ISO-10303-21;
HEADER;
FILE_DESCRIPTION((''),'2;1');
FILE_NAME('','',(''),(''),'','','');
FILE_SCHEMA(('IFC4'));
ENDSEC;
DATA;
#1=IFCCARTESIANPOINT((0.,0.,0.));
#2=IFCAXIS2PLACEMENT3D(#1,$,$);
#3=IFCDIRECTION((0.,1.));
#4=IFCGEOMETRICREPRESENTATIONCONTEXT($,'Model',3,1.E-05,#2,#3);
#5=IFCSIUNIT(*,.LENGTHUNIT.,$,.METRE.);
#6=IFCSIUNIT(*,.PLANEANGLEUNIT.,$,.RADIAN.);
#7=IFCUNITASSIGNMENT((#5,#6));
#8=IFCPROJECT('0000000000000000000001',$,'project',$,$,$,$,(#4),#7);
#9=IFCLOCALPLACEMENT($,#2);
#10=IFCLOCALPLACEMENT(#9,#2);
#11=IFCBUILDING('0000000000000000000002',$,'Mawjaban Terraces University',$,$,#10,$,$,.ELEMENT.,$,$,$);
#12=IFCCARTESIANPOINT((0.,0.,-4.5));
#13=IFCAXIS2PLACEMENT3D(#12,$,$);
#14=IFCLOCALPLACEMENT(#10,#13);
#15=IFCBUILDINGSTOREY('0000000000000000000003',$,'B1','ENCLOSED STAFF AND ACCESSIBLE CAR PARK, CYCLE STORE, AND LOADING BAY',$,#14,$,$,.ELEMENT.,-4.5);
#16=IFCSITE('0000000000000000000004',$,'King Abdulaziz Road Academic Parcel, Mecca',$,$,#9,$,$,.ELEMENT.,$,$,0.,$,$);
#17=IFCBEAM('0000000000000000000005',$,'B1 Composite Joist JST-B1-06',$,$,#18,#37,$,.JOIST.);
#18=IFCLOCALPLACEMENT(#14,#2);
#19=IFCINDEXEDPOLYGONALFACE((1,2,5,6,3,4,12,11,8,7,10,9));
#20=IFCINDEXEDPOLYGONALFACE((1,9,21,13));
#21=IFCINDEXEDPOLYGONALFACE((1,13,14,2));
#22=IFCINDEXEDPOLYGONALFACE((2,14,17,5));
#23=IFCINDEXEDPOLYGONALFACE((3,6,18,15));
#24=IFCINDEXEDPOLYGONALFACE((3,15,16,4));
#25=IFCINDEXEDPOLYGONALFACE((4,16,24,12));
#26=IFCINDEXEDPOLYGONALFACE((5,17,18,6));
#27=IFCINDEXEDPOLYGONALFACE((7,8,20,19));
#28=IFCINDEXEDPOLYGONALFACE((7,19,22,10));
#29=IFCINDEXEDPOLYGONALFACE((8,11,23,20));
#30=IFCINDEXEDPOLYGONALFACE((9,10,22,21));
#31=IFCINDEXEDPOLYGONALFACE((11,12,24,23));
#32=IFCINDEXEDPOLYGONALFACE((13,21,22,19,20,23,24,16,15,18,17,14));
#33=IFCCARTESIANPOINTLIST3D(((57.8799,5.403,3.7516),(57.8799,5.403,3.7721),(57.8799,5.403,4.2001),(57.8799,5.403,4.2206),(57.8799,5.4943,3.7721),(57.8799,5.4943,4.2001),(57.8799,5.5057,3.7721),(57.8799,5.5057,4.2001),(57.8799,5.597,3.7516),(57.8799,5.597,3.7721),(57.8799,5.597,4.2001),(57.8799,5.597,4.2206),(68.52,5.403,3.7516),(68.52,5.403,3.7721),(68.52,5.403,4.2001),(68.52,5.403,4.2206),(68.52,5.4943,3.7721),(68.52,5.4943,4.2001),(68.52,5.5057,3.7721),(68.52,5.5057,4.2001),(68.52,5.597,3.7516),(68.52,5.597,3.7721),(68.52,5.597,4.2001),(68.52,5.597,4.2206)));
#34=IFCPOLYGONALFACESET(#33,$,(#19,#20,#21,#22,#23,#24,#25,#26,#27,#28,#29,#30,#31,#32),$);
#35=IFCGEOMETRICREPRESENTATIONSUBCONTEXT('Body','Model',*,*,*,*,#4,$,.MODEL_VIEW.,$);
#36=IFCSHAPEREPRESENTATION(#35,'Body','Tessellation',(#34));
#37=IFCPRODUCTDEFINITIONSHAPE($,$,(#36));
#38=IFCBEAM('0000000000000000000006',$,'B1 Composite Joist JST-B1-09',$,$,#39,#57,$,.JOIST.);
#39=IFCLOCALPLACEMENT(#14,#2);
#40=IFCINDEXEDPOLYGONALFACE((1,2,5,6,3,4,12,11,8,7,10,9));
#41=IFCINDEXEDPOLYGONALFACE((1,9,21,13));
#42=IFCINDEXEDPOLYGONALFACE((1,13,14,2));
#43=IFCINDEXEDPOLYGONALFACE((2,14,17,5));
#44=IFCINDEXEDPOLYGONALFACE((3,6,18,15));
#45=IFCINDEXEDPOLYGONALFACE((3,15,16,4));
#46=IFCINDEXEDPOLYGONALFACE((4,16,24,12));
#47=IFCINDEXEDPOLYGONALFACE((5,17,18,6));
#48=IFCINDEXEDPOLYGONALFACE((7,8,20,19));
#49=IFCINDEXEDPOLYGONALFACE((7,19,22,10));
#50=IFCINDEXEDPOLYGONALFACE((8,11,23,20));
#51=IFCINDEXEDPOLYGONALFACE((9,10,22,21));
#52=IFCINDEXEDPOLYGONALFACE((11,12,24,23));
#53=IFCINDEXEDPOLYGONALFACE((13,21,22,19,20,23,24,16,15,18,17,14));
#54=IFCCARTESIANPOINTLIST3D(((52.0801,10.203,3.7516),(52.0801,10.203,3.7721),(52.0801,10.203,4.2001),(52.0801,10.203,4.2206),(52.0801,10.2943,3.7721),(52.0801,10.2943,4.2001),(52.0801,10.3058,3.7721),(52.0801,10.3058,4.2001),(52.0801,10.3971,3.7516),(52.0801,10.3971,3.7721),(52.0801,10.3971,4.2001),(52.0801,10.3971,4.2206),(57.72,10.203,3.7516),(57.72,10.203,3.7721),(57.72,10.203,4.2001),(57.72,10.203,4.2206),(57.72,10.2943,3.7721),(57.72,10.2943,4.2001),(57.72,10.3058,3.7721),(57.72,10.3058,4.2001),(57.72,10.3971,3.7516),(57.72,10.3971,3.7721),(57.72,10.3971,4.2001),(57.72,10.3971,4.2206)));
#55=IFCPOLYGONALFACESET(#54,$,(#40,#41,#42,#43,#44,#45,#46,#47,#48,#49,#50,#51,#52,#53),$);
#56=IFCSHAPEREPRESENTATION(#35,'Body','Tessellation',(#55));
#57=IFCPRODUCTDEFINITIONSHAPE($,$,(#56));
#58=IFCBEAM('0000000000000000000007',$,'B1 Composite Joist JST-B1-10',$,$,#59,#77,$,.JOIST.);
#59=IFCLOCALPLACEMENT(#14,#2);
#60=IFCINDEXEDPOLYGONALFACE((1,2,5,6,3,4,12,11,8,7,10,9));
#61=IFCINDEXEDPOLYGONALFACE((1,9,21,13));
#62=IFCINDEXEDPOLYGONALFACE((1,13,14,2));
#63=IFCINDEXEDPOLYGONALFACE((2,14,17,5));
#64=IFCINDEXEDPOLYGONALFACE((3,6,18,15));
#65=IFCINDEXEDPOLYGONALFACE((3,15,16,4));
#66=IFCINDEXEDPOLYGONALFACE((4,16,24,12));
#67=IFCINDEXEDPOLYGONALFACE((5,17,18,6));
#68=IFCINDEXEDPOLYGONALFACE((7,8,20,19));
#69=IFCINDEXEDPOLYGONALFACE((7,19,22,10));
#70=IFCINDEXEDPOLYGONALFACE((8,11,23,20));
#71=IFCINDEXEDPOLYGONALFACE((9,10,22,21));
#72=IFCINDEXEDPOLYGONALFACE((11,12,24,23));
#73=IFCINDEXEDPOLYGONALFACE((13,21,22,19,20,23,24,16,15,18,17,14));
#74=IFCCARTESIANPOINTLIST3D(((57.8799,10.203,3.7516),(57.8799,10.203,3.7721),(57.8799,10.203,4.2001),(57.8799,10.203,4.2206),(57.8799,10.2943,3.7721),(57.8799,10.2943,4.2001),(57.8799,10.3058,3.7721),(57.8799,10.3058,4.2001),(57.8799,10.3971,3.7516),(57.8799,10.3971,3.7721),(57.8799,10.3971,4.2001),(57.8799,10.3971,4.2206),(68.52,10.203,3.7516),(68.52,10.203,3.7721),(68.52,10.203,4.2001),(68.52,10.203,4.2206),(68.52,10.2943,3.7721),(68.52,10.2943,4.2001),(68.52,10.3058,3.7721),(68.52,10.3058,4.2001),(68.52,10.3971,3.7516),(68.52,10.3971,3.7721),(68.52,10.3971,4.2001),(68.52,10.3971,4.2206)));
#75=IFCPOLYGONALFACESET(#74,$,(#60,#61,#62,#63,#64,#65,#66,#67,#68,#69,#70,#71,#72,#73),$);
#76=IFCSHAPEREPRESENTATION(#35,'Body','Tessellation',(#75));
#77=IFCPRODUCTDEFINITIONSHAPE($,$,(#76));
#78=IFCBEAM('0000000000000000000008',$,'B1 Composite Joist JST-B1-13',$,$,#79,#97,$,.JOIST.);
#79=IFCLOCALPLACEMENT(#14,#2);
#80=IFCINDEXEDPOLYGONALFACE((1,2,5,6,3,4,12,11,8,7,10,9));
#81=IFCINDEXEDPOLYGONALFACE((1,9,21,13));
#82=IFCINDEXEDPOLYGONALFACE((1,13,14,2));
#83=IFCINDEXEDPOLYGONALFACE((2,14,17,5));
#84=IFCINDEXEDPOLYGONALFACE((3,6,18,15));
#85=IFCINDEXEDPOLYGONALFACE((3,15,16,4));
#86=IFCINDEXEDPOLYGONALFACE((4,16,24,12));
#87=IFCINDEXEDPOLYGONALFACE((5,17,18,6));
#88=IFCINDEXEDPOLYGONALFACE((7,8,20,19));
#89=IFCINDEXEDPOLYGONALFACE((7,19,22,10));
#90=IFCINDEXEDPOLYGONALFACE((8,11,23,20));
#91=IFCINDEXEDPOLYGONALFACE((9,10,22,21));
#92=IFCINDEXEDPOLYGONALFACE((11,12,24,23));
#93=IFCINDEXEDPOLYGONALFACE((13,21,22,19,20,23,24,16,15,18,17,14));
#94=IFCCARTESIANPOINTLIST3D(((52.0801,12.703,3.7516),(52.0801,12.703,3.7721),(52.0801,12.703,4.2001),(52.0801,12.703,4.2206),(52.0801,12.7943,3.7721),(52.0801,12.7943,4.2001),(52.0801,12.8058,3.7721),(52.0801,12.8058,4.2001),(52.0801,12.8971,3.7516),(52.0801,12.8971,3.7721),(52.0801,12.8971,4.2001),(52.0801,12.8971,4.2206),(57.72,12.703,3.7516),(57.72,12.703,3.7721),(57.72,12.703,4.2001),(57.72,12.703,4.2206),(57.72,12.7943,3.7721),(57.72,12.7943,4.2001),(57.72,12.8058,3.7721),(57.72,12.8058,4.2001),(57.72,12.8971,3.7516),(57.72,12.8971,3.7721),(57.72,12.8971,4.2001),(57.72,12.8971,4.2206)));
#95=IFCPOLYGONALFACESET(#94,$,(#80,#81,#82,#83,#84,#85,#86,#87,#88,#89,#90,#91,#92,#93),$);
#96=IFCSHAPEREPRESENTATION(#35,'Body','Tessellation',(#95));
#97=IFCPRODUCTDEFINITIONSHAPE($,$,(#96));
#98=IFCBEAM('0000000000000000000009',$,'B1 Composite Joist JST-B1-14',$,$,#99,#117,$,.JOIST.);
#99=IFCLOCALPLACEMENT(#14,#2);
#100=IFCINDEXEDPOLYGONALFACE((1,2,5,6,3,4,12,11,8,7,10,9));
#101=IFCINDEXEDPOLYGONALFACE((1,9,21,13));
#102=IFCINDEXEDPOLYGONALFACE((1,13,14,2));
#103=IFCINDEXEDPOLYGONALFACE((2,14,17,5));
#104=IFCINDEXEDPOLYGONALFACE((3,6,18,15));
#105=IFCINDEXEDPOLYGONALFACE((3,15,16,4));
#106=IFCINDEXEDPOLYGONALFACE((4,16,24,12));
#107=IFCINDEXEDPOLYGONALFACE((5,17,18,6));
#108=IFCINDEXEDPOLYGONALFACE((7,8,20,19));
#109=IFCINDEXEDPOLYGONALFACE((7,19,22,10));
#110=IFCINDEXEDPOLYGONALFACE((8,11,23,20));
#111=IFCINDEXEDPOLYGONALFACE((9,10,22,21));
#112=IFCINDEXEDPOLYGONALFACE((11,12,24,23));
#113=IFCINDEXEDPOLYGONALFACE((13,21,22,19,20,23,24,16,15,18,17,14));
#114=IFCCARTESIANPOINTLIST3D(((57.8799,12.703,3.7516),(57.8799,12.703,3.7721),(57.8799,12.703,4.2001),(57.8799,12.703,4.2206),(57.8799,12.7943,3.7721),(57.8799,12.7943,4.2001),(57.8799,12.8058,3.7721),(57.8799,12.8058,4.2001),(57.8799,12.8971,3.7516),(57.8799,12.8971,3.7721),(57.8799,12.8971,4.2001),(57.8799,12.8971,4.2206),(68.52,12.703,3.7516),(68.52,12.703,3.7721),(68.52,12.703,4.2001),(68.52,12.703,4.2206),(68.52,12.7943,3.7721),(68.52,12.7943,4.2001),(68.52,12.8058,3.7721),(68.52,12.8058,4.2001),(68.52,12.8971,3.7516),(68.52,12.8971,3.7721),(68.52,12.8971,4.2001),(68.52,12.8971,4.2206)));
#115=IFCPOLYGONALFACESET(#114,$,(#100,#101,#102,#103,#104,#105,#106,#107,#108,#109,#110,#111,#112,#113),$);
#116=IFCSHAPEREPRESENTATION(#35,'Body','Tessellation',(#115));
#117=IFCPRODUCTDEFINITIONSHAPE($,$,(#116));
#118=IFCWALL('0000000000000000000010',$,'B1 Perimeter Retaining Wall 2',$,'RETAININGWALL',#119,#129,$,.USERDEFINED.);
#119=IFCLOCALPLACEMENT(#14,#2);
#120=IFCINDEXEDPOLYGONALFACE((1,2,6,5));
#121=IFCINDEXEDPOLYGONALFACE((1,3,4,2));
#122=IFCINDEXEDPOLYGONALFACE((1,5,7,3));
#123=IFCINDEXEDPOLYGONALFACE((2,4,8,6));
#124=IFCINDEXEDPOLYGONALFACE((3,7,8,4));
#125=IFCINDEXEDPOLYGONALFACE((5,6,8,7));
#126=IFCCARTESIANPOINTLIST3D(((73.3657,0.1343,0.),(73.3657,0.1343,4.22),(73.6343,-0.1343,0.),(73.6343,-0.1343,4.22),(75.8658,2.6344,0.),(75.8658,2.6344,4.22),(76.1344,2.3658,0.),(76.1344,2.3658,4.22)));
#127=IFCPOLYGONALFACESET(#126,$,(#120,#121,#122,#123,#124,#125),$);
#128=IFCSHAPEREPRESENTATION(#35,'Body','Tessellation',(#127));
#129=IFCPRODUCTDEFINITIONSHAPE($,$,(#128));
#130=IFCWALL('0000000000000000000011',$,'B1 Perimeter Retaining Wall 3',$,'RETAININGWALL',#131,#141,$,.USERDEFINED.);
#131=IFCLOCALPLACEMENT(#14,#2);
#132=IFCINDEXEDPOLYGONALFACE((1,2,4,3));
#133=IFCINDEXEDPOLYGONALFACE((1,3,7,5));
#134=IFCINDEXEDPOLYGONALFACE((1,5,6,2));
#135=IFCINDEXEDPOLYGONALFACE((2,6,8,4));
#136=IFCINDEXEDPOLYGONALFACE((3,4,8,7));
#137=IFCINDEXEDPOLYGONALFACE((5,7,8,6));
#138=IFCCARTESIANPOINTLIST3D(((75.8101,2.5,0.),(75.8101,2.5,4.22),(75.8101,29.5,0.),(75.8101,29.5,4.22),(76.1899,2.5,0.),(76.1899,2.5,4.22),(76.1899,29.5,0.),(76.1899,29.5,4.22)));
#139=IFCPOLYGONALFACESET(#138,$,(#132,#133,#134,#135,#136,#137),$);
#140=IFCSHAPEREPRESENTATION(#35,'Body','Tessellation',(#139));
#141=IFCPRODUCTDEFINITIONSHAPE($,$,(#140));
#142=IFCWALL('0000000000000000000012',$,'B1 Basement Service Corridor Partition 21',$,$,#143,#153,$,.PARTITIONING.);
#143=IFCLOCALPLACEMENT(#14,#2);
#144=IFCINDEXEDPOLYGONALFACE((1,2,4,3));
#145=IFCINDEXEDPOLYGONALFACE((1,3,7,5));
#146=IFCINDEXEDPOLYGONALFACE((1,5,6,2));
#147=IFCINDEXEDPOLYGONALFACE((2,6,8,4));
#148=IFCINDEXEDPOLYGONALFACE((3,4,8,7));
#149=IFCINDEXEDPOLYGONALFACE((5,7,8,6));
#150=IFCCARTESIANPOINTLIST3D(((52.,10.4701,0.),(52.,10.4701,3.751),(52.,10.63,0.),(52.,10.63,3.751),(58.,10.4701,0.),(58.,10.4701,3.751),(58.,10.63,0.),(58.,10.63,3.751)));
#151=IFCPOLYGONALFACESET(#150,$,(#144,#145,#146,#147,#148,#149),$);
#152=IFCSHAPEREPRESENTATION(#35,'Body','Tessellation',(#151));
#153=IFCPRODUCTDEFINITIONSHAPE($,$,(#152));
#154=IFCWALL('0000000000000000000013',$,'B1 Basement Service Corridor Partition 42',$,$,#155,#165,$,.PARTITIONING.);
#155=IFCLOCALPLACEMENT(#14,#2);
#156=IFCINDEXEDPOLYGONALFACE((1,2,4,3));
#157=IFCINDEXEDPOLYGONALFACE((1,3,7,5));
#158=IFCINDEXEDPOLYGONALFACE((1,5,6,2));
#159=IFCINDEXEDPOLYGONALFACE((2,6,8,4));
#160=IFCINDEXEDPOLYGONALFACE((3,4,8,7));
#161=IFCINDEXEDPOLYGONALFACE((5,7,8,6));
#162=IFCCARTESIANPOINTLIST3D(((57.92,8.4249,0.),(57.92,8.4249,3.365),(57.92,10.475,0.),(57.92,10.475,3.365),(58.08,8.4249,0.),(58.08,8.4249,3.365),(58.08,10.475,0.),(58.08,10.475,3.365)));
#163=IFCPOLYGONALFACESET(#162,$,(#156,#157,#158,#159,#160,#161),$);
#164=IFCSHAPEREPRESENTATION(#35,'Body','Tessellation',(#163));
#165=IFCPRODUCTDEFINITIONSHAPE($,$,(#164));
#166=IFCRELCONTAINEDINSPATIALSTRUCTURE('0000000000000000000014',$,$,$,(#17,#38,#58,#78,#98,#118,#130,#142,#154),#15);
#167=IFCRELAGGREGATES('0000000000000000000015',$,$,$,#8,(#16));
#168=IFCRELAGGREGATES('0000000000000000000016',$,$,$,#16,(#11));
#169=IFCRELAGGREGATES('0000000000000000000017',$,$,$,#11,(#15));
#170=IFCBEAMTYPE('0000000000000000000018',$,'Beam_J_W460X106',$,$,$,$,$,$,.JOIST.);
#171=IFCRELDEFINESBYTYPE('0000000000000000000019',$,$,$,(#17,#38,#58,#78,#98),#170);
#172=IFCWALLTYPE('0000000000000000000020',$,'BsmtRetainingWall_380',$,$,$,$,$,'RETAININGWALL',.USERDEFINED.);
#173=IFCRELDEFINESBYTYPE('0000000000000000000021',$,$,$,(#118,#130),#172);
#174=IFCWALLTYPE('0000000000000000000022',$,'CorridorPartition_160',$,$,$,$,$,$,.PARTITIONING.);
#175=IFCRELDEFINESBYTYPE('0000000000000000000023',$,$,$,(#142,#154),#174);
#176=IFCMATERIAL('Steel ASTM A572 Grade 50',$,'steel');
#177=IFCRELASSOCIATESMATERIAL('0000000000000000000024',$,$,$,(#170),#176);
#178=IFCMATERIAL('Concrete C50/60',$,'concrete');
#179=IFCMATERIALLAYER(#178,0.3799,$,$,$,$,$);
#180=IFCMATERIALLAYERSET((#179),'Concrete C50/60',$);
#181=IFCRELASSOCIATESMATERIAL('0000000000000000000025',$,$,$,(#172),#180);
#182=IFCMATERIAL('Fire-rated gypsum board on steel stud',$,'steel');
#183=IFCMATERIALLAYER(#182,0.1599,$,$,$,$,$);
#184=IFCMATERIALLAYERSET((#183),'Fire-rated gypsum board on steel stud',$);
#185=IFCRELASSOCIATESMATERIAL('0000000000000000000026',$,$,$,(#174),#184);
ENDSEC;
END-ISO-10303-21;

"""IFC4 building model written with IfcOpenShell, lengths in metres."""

from ifc_helpers import new_model, si_unit, direction, frame, frame_2d, origin, origin_2d, place, context, subcontext, project, spatial, rectangle, i_section, extrude, material, layer, layer_set, material_profile, profile_set, type_object, element, save


model = new_model("IFC4")

# Units and contexts
model_context = context("Model", 3, precision=1e-05, world=origin(), true_north=direction((0.0, 1.0)))
body_context = subcontext(model_context, "Body", "Model", "MODEL_VIEW")
ifc_project = project(units=[si_unit("LENGTHUNIT", "METRE"), si_unit("PLANEANGLEUNIT", "RADIAN")], contexts=[model_context])

# Site, building, storey
site_placement = place(None, origin())
site = spatial("IfcSite", under=ifc_project, at=site_placement, Name="King Abdulaziz Road Academic Parcel, Mecca", CompositionType="ELEMENT", RefElevation=0.0)
building_placement = place(site_placement, origin())
building = spatial("IfcBuilding", under=site, at=building_placement, Name="Mawjaban Terraces University", CompositionType="ELEMENT")
storey_placement = place(building_placement, frame((0.0, 0.0, -4.5)))
storey = spatial("IfcBuildingStorey", under=building, at=storey_placement, Name="B1", Description="ENCLOSED STAFF AND ACCESSIBLE CAR PARK, CYCLE STORE, AND LOADING BAY", CompositionType="ELEMENT", Elevation=-4.5)

# Beams
ifc_material_1 = material(Name="Steel ASTM A572 Grade 50", Category="steel")
ifc_material_profile_1 = material_profile(ifc_material_1, i_section(OverallWidth=0.1941, OverallDepth=0.469, WebThickness=0.0115, FlangeThickness=0.0205, at=origin_2d()), Name="W460X106")
ifc_profile_set_1 = profile_set([ifc_material_profile_1], Name="Steel ASTM A572 Grade 50")
beam_type_1 = type_object("IfcBeamType", Name="Beam_J_W460X106", PredefinedType="JOIST", material=ifc_profile_set_1)
beam_1_placement = place(storey_placement, frame((57.8799, 5.5, 3.9861), z_axis=(1.0, 0.0, 0.0), x_axis=(0.0, 1.0, 0.0)))
element("IfcBeam", 1, at=beam_1_placement, inside=storey, type_object=beam_type_1, Name="B1 Composite Joist JST-B1-06", PredefinedType="JOIST", context=body_context, shape_type="SweptSolid", body=[
    extrude(i_section(OverallWidth=0.1941, OverallDepth=0.469, WebThickness=0.0115, FlangeThickness=0.0205, at=origin_2d()), origin(), (0.0, 0.0, 1.0), 10.6401),
])
beam_2_placement = place(storey_placement, frame((52.0801, 10.3, 3.9861), z_axis=(1.0, 0.0, 0.0), x_axis=(0.0, 1.0, 0.0)))
element("IfcBeam", 2, at=beam_2_placement, inside=storey, type_object=beam_type_1, Name="B1 Composite Joist JST-B1-09", PredefinedType="JOIST", context=body_context, shape_type="SweptSolid", body=[
    extrude(i_section(OverallWidth=0.1941, OverallDepth=0.469, WebThickness=0.0115, FlangeThickness=0.0205, at=origin_2d()), origin(), (0.0, 0.0, 1.0), 5.6399),
])
beam_3_placement = place(storey_placement, frame((57.8799, 10.3, 3.9861), z_axis=(1.0, 0.0, 0.0), x_axis=(0.0, 1.0, 0.0)))
element("IfcBeam", 3, at=beam_3_placement, inside=storey, type_object=beam_type_1, Name="B1 Composite Joist JST-B1-10", PredefinedType="JOIST", context=body_context, shape_type="SweptSolid", body=[
    extrude(i_section(OverallWidth=0.1941, OverallDepth=0.469, WebThickness=0.0115, FlangeThickness=0.0205, at=origin_2d()), origin(), (0.0, 0.0, 1.0), 10.6401),
])
beam_4_placement = place(storey_placement, frame((52.0801, 12.8, 3.9861), z_axis=(1.0, 0.0, 0.0), x_axis=(0.0, 1.0, 0.0)))
element("IfcBeam", 4, at=beam_4_placement, inside=storey, type_object=beam_type_1, Name="B1 Composite Joist JST-B1-13", PredefinedType="JOIST", context=body_context, shape_type="SweptSolid", body=[
    extrude(i_section(OverallWidth=0.1941, OverallDepth=0.469, WebThickness=0.0115, FlangeThickness=0.0205, at=origin_2d()), origin(), (0.0, 0.0, 1.0), 5.6399),
])
beam_5_placement = place(storey_placement, frame((57.8799, 12.8, 3.9861), z_axis=(1.0, 0.0, 0.0), x_axis=(0.0, 1.0, 0.0)))
element("IfcBeam", 5, at=beam_5_placement, inside=storey, type_object=beam_type_1, Name="B1 Composite Joist JST-B1-14", PredefinedType="JOIST", context=body_context, shape_type="SweptSolid", body=[
    extrude(i_section(OverallWidth=0.1941, OverallDepth=0.469, WebThickness=0.0115, FlangeThickness=0.0205, at=origin_2d()), origin(), (0.0, 0.0, 1.0), 10.6401),
])

# Walls
ifc_material_2 = material(Name="Concrete C50/60", Category="concrete")
ifc_layer_1 = layer(ifc_material_2, 0.3799)
ifc_layer_set_1 = layer_set([ifc_layer_1], Name="Concrete C50/60")
wall_type_1 = type_object("IfcWallType", Name="BsmtRetainingWall_380", ElementType="RETAININGWALL", PredefinedType="USERDEFINED", material=ifc_layer_set_1)
wall_1_placement = place(storey_placement, frame((73.5, 0.0, 0.0), z_axis=(0.0, 0.0, 1.0), x_axis=(0.707107, 0.707107, 0.0)))
element("IfcWall", 6, at=wall_1_placement, inside=storey, type_object=wall_type_1, Name="B1 Perimeter Retaining Wall 2", ObjectType="RETAININGWALL", PredefinedType="USERDEFINED", context=body_context, shape_type="SweptSolid", body=[
    extrude(rectangle(XDim=3.5356, YDim=0.3799, at=frame_2d((1.7678, 0.0))), origin(), (0.0, 0.0, 1.0), 4.22),
])
wall_2_placement = place(storey_placement, frame((76.0, 2.5, 0.0), z_axis=(0.0, 0.0, 1.0), x_axis=(0.0, 1.0, 0.0)))
element("IfcWall", 7, at=wall_2_placement, inside=storey, type_object=wall_type_1, Name="B1 Perimeter Retaining Wall 3", ObjectType="RETAININGWALL", PredefinedType="USERDEFINED", context=body_context, shape_type="SweptSolid", body=[
    extrude(rectangle(XDim=27.0, YDim=0.3799, at=frame_2d((13.5, 0.0))), origin(), (0.0, 0.0, 1.0), 4.22),
])
ifc_material_3 = material(Name="Fire-rated gypsum board on steel stud", Category="steel")
ifc_layer_2 = layer(ifc_material_3, 0.1599)
ifc_layer_set_2 = layer_set([ifc_layer_2], Name="Fire-rated gypsum board on steel stud")
wall_type_2 = type_object("IfcWallType", Name="CorridorPartition_160", PredefinedType="PARTITIONING", material=ifc_layer_set_2)
wall_3_placement = place(storey_placement, frame((58.0, 10.55, 0.0), z_axis=(0.0, 0.0, 1.0), x_axis=(-1.0, 0.0, 0.0)))
element("IfcWall", 8, at=wall_3_placement, inside=storey, type_object=wall_type_2, Name="B1 Basement Service Corridor Partition 21", PredefinedType="PARTITIONING", context=body_context, shape_type="SweptSolid", body=[
    extrude(rectangle(XDim=6.0, YDim=0.1599, at=frame_2d((3.0, 0.0))), origin(), (0.0, 0.0, 1.0), 3.751),
])
wall_4_placement = place(storey_placement, frame((58.0, 8.425, 0.0), z_axis=(0.0, 0.0, 1.0), x_axis=(0.0, 1.0, 0.0)))
element("IfcWall", 9, at=wall_4_placement, inside=storey, type_object=wall_type_2, Name="B1 Basement Service Corridor Partition 42", PredefinedType="PARTITIONING", context=body_context, shape_type="SweptSolid", body=[
    extrude(rectangle(XDim=2.05, YDim=0.1599, at=frame_2d((1.0249, 0.0))), origin(), (0.0, 0.0, 1.0), 3.365),
])

save(model, "model.ifc")
